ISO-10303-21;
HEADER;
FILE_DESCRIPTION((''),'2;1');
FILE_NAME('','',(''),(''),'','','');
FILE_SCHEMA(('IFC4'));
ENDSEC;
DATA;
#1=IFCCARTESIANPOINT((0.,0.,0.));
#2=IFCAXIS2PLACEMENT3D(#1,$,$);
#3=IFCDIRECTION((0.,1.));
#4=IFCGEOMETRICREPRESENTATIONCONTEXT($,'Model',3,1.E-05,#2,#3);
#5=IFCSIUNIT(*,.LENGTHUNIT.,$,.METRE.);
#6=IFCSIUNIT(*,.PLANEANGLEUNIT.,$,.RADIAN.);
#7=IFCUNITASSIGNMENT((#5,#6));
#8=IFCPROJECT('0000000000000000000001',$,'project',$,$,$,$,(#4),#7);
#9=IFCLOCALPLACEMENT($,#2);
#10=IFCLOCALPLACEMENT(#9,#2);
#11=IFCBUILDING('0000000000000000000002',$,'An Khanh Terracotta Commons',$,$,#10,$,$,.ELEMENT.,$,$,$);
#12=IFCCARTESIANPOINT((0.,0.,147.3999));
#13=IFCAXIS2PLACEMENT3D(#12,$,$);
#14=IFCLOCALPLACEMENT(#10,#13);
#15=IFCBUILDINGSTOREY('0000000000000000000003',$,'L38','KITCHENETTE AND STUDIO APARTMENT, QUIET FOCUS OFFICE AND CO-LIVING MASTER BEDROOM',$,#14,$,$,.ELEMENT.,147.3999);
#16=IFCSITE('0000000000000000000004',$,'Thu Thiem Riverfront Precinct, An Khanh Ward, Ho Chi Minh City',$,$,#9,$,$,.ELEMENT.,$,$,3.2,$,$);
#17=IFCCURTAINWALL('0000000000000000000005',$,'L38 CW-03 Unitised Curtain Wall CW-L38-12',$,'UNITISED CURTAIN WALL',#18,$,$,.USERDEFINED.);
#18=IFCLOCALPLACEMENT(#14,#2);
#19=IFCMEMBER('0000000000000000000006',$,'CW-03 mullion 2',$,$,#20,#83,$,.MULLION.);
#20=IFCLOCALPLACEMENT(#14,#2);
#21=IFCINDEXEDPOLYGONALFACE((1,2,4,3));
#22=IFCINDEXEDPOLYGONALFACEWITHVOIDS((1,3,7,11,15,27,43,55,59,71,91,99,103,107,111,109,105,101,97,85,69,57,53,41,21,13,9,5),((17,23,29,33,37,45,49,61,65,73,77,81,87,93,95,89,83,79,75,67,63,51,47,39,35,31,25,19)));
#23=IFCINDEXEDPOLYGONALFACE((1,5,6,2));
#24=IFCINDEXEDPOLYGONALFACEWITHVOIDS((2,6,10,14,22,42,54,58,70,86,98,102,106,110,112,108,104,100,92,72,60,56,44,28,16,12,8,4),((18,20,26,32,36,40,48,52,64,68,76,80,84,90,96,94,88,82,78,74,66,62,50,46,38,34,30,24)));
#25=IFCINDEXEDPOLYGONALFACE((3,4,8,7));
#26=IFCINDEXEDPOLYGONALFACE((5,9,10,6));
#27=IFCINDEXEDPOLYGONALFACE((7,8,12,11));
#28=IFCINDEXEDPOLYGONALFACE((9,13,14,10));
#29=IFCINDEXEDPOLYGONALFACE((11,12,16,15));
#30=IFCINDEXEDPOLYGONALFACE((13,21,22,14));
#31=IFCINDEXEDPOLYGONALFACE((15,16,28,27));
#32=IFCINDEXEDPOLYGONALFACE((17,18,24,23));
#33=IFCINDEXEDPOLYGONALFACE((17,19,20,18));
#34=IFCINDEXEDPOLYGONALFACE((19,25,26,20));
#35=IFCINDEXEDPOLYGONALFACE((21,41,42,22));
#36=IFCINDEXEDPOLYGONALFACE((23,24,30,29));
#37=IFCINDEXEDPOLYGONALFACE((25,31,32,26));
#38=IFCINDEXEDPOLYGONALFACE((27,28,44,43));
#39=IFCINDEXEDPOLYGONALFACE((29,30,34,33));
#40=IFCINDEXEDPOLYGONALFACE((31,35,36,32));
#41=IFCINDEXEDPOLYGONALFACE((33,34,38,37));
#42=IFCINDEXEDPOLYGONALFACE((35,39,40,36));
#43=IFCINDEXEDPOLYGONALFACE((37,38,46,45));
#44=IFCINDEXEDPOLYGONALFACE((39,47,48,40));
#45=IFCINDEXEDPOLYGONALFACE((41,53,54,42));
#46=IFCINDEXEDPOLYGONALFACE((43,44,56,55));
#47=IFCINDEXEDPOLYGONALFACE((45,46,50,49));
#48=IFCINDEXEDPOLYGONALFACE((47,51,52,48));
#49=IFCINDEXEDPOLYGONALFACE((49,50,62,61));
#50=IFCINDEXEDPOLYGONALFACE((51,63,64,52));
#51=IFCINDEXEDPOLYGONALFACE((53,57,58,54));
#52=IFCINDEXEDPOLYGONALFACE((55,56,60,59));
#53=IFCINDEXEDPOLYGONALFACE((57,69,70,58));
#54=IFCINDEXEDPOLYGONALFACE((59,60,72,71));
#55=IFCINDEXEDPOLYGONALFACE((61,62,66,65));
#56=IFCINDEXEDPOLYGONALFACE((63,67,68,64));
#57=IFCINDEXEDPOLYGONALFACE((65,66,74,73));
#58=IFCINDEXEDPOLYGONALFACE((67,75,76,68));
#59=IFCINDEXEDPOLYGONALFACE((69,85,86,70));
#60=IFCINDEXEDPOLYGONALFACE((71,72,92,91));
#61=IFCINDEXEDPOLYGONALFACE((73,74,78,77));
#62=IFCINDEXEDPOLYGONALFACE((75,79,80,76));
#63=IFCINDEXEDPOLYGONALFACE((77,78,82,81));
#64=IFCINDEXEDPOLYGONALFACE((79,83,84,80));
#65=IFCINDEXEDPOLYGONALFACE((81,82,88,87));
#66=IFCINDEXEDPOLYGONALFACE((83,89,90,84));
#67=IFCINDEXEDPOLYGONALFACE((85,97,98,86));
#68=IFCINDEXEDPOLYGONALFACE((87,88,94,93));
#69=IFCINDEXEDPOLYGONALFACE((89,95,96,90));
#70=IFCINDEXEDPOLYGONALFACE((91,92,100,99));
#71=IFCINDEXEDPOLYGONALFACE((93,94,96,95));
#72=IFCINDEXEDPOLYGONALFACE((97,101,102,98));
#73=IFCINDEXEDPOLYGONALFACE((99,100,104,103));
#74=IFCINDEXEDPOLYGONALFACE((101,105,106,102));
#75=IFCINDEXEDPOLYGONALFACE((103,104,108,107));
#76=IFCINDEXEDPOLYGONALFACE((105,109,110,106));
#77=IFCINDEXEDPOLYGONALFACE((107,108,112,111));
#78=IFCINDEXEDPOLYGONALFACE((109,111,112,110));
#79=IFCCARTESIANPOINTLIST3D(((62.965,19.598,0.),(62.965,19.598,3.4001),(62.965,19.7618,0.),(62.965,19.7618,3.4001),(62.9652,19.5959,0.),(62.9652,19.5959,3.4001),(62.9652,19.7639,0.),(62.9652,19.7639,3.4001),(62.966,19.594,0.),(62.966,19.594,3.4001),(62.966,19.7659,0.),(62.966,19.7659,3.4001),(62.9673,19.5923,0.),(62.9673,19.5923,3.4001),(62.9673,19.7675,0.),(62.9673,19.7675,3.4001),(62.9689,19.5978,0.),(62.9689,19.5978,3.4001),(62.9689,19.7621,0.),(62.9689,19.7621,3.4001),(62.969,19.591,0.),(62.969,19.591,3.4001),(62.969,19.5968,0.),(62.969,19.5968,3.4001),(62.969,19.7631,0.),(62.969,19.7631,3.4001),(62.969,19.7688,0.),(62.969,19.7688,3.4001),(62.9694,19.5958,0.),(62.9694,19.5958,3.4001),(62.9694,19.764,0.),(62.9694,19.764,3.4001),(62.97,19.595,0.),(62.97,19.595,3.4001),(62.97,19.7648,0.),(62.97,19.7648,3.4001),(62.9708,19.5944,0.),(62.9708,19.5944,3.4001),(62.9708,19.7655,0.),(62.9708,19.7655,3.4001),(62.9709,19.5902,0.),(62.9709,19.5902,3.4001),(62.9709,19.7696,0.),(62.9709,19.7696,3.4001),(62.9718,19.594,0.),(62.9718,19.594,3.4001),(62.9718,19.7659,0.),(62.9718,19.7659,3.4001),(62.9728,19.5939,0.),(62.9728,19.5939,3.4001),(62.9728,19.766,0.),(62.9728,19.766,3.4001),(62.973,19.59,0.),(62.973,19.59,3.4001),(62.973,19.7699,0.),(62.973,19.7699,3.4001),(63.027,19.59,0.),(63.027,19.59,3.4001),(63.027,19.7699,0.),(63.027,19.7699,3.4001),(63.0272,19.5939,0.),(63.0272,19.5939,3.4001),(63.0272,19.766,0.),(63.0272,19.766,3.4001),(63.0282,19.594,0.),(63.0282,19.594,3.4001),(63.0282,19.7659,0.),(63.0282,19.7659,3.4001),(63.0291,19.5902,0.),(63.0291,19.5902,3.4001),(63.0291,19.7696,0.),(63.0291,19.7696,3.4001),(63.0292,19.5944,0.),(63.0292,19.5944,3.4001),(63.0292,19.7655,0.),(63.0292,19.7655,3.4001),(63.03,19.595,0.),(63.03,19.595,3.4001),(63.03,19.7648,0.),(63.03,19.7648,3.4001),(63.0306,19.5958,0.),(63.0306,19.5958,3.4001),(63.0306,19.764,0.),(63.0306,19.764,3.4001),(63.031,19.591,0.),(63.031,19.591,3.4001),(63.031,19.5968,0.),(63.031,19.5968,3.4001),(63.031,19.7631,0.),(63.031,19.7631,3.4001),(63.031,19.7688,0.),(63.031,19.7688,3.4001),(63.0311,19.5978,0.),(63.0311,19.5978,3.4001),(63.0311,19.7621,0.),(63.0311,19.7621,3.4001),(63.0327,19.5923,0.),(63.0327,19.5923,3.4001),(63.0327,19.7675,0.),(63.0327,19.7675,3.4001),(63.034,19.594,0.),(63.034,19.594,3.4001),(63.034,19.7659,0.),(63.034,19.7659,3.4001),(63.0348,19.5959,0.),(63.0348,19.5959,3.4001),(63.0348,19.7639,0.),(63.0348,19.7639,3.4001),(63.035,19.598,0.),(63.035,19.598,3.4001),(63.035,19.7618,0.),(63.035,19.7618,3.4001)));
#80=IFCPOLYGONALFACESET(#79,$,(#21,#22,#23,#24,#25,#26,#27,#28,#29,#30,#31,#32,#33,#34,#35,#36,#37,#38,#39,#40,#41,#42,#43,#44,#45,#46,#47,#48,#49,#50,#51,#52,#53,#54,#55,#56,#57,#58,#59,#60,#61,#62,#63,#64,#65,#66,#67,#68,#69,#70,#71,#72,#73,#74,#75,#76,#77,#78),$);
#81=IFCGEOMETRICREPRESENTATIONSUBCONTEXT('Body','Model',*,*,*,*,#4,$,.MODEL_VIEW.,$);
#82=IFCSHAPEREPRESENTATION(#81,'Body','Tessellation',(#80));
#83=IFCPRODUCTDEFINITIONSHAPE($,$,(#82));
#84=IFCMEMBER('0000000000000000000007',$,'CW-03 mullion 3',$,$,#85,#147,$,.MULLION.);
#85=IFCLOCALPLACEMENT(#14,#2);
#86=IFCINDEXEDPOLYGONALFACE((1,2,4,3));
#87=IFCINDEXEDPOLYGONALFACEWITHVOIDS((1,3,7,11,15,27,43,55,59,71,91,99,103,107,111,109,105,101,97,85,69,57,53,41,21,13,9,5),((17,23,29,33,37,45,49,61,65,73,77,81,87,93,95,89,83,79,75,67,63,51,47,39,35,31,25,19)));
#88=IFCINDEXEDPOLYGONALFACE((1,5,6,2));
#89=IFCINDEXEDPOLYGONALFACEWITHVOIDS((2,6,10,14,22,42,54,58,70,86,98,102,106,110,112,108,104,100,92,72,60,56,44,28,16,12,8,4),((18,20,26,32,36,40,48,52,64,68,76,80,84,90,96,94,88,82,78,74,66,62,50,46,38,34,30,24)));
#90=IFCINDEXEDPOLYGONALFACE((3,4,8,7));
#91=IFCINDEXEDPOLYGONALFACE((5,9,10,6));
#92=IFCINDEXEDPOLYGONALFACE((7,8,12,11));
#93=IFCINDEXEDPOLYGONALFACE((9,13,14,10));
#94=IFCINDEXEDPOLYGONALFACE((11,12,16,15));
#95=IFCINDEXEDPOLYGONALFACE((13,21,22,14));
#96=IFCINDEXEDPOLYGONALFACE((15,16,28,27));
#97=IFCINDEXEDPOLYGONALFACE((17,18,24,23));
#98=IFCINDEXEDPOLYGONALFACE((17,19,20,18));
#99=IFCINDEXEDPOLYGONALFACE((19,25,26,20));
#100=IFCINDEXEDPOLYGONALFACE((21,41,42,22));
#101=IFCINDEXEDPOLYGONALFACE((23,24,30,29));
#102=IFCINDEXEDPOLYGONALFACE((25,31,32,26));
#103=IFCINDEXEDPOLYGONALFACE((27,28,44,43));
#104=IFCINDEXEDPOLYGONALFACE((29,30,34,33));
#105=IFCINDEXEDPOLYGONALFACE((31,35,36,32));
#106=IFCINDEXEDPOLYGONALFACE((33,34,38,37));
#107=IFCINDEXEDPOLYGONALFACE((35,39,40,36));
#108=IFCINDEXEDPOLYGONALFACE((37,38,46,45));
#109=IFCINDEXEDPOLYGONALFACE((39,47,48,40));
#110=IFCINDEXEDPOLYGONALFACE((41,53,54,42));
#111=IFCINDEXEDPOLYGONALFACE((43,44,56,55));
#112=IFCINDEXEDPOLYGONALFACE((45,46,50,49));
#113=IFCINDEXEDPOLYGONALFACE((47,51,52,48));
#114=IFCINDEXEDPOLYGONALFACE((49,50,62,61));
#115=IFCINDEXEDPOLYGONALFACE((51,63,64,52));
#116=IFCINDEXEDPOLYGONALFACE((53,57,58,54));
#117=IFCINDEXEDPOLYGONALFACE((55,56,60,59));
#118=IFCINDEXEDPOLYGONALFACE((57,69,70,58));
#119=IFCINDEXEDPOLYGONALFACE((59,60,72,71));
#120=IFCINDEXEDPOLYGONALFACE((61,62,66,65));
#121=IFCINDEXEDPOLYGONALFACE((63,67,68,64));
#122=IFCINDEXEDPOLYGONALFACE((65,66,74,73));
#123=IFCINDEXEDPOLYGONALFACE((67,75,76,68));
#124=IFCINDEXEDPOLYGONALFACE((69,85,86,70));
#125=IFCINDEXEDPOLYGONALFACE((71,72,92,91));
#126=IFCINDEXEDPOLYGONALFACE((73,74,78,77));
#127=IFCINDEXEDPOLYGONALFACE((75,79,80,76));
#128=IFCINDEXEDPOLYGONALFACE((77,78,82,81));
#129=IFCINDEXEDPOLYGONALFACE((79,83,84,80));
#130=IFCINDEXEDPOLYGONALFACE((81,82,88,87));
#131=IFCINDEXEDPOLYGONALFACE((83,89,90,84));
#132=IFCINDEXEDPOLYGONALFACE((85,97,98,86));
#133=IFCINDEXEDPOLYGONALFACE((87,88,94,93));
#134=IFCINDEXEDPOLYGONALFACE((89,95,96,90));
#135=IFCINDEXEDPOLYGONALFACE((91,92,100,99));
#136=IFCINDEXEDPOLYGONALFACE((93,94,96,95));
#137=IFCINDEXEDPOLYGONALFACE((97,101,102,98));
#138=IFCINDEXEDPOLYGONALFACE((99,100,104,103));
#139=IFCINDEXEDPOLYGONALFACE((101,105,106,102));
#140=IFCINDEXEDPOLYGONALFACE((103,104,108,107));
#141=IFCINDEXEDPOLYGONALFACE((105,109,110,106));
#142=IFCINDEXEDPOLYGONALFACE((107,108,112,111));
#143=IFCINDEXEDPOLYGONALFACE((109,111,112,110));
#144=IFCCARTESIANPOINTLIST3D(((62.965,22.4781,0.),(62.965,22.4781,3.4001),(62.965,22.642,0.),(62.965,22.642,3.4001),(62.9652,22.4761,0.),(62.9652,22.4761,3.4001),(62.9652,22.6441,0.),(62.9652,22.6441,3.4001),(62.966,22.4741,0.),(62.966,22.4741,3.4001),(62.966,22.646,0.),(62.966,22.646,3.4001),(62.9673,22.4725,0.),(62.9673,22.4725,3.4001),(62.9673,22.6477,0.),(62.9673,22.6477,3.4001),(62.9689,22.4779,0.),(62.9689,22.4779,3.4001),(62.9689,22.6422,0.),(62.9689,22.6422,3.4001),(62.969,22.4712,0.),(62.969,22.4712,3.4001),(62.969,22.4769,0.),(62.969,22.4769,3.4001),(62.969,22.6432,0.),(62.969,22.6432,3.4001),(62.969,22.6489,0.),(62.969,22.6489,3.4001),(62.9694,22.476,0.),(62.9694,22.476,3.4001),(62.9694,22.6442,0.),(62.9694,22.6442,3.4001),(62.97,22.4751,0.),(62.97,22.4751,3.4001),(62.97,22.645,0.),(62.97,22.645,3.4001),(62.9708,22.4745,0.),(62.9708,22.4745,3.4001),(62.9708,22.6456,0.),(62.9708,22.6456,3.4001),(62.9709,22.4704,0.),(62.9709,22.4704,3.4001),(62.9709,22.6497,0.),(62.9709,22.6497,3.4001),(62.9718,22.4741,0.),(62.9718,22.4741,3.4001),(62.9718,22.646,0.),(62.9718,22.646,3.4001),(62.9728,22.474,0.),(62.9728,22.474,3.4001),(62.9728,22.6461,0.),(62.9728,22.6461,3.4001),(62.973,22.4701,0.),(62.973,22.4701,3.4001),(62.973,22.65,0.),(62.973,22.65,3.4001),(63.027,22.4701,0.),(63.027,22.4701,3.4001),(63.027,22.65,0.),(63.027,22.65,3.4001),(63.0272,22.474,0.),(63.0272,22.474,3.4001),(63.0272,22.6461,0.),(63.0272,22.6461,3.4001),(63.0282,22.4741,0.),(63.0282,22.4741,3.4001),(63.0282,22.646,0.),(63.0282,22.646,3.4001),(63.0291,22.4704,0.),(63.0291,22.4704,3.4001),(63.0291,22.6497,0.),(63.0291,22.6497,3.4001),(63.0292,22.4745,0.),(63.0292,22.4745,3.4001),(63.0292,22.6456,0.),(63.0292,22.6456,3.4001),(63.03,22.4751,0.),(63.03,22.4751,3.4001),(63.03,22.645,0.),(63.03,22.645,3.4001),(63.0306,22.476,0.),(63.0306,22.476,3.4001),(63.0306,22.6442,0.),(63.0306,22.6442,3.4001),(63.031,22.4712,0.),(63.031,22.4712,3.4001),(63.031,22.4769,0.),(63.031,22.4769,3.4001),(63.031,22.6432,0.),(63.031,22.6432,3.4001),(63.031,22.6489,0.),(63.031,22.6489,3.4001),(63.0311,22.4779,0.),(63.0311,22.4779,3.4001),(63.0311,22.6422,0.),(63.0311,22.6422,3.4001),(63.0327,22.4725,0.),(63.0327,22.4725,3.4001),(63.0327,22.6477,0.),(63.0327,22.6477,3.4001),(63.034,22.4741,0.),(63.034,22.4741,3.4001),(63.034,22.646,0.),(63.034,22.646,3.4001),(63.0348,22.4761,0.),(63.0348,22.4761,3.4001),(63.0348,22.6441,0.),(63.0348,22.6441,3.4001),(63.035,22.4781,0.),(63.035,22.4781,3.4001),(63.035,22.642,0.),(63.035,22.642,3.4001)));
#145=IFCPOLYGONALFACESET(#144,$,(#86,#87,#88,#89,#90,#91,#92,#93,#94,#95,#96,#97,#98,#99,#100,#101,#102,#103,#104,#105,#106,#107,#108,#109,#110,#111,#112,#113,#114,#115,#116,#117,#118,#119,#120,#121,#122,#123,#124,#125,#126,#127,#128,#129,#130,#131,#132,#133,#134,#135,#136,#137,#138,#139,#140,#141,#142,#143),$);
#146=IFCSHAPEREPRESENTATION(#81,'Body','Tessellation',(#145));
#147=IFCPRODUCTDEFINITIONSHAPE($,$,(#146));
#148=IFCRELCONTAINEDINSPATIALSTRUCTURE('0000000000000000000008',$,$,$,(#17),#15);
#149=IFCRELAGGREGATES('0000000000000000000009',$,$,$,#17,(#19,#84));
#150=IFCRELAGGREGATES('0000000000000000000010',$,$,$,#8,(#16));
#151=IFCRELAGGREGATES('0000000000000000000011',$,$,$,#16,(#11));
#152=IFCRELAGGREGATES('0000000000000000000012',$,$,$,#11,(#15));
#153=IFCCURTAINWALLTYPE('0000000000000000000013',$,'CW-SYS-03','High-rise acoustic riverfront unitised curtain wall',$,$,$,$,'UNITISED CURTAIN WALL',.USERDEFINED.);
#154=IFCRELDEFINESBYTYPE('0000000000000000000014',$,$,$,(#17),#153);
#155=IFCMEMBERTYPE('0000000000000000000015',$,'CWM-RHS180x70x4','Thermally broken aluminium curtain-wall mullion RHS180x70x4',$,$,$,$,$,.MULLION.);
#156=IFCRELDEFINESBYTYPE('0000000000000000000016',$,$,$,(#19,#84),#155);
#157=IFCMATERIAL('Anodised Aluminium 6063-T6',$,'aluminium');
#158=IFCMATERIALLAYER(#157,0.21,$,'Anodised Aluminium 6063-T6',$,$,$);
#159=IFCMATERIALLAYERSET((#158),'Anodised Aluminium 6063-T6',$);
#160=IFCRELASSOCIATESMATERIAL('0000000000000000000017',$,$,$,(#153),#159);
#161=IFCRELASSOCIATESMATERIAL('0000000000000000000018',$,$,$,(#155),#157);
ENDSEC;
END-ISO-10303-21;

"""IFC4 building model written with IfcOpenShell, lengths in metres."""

from ifc_helpers import new_model, si_unit, direction, frame, origin, origin_2d, place, context, subcontext, project, spatial, hollow_rectangle, extrude, material, layer, layer_set, material_profile, profile_set, type_object, element, aggregate, save


model = new_model("IFC4")

# Units and contexts
model_context = context("Model", 3, precision=1e-05, world=origin(), true_north=direction((0.0, 1.0)))
body_context = subcontext(model_context, "Body", "Model", "MODEL_VIEW")
ifc_project = project(units=[si_unit("LENGTHUNIT", "METRE"), si_unit("PLANEANGLEUNIT", "RADIAN")], contexts=[model_context])

# Site, building, storey
site_placement = place(None, origin())
site = spatial("IfcSite", under=ifc_project, at=site_placement, Name="Thu Thiem Riverfront Precinct, An Khanh Ward, Ho Chi Minh City", CompositionType="ELEMENT", RefElevation=3.2)
building_placement = place(site_placement, origin())
building = spatial("IfcBuilding", under=site, at=building_placement, Name="An Khanh Terracotta Commons", CompositionType="ELEMENT")
storey_placement = place(building_placement, frame((0.0, 0.0, 147.3999)))
storey = spatial("IfcBuildingStorey", under=building, at=storey_placement, Name="L38", Description="KITCHENETTE AND STUDIO APARTMENT, QUIET FOCUS OFFICE AND CO-LIVING MASTER BEDROOM", CompositionType="ELEMENT", Elevation=147.3999)

# Curtain wall, members
ifc_material_1 = material(Name="Anodised Aluminium 6063-T6", Category="aluminium")
ifc_layer_1 = layer(ifc_material_1, 0.21, Name="Anodised Aluminium 6063-T6")
ifc_layer_set_1 = layer_set([ifc_layer_1], Name="Anodised Aluminium 6063-T6")
curtain_wall_type = type_object("IfcCurtainWallType", Name="CW-SYS-03", Description="High-rise acoustic riverfront unitised curtain wall", ElementType="UNITISED CURTAIN WALL", PredefinedType="USERDEFINED", material=ifc_layer_set_1)
ifc_material_profile_1 = material_profile(ifc_material_1, hollow_rectangle(XDim=0.0701, YDim=0.1799, WallThickness=0.0039, InnerFilletRadius=0.0039, OuterFilletRadius=0.0081, at=origin_2d()), Name="RHS180x70x4")
ifc_profile_set_1 = profile_set([ifc_material_profile_1], Name="Anodised Aluminium 6063-T6")
member_type_1 = type_object("IfcMemberType", Name="CWM-RHS180x70x4", Description="Thermally broken aluminium curtain-wall mullion RHS180x70x4", PredefinedType="MULLION", material=ifc_profile_set_1)
curtain_wall_1_placement = place(storey_placement, origin())
curtain_wall_1 = element("IfcCurtainWall", 1, at=curtain_wall_1_placement, inside=storey, type_object=curtain_wall_type, Name="L38 CW-03 Unitised Curtain Wall CW-L38-12", ObjectType="UNITISED CURTAIN WALL", PredefinedType="USERDEFINED")
member_1_placement = place(storey_placement, frame((63.0, 19.6799, 0.0), z_axis=(0.0, 0.0, 1.0), x_axis=(-1.0, 0.0, 0.0)))
member_1 = element("IfcMember", 2, at=member_1_placement, type_object=member_type_1, Name="CW-03 mullion 2", PredefinedType="MULLION", context=body_context, shape_type="SweptSolid", body=[
    extrude(hollow_rectangle(XDim=0.0701, YDim=0.1799, WallThickness=0.0039, InnerFilletRadius=0.0039, OuterFilletRadius=0.0081, at=origin_2d()), origin(), (0.0, 0.0, 1.0), 3.4001),
])
member_2_placement = place(storey_placement, frame((63.0, 22.5601, 0.0), z_axis=(0.0, 0.0, 1.0), x_axis=(-1.0, 0.0, 0.0)))
member_2 = element("IfcMember", 3, at=member_2_placement, type_object=member_type_1, Name="CW-03 mullion 3", PredefinedType="MULLION", context=body_context, shape_type="SweptSolid", body=[
    extrude(hollow_rectangle(XDim=0.0701, YDim=0.1799, WallThickness=0.0039, InnerFilletRadius=0.0039, OuterFilletRadius=0.0081, at=origin_2d()), origin(), (0.0, 0.0, 1.0), 3.4001),
])

aggregate(curtain_wall_1, [member_1, member_2])

save(model, "model.ifc")
